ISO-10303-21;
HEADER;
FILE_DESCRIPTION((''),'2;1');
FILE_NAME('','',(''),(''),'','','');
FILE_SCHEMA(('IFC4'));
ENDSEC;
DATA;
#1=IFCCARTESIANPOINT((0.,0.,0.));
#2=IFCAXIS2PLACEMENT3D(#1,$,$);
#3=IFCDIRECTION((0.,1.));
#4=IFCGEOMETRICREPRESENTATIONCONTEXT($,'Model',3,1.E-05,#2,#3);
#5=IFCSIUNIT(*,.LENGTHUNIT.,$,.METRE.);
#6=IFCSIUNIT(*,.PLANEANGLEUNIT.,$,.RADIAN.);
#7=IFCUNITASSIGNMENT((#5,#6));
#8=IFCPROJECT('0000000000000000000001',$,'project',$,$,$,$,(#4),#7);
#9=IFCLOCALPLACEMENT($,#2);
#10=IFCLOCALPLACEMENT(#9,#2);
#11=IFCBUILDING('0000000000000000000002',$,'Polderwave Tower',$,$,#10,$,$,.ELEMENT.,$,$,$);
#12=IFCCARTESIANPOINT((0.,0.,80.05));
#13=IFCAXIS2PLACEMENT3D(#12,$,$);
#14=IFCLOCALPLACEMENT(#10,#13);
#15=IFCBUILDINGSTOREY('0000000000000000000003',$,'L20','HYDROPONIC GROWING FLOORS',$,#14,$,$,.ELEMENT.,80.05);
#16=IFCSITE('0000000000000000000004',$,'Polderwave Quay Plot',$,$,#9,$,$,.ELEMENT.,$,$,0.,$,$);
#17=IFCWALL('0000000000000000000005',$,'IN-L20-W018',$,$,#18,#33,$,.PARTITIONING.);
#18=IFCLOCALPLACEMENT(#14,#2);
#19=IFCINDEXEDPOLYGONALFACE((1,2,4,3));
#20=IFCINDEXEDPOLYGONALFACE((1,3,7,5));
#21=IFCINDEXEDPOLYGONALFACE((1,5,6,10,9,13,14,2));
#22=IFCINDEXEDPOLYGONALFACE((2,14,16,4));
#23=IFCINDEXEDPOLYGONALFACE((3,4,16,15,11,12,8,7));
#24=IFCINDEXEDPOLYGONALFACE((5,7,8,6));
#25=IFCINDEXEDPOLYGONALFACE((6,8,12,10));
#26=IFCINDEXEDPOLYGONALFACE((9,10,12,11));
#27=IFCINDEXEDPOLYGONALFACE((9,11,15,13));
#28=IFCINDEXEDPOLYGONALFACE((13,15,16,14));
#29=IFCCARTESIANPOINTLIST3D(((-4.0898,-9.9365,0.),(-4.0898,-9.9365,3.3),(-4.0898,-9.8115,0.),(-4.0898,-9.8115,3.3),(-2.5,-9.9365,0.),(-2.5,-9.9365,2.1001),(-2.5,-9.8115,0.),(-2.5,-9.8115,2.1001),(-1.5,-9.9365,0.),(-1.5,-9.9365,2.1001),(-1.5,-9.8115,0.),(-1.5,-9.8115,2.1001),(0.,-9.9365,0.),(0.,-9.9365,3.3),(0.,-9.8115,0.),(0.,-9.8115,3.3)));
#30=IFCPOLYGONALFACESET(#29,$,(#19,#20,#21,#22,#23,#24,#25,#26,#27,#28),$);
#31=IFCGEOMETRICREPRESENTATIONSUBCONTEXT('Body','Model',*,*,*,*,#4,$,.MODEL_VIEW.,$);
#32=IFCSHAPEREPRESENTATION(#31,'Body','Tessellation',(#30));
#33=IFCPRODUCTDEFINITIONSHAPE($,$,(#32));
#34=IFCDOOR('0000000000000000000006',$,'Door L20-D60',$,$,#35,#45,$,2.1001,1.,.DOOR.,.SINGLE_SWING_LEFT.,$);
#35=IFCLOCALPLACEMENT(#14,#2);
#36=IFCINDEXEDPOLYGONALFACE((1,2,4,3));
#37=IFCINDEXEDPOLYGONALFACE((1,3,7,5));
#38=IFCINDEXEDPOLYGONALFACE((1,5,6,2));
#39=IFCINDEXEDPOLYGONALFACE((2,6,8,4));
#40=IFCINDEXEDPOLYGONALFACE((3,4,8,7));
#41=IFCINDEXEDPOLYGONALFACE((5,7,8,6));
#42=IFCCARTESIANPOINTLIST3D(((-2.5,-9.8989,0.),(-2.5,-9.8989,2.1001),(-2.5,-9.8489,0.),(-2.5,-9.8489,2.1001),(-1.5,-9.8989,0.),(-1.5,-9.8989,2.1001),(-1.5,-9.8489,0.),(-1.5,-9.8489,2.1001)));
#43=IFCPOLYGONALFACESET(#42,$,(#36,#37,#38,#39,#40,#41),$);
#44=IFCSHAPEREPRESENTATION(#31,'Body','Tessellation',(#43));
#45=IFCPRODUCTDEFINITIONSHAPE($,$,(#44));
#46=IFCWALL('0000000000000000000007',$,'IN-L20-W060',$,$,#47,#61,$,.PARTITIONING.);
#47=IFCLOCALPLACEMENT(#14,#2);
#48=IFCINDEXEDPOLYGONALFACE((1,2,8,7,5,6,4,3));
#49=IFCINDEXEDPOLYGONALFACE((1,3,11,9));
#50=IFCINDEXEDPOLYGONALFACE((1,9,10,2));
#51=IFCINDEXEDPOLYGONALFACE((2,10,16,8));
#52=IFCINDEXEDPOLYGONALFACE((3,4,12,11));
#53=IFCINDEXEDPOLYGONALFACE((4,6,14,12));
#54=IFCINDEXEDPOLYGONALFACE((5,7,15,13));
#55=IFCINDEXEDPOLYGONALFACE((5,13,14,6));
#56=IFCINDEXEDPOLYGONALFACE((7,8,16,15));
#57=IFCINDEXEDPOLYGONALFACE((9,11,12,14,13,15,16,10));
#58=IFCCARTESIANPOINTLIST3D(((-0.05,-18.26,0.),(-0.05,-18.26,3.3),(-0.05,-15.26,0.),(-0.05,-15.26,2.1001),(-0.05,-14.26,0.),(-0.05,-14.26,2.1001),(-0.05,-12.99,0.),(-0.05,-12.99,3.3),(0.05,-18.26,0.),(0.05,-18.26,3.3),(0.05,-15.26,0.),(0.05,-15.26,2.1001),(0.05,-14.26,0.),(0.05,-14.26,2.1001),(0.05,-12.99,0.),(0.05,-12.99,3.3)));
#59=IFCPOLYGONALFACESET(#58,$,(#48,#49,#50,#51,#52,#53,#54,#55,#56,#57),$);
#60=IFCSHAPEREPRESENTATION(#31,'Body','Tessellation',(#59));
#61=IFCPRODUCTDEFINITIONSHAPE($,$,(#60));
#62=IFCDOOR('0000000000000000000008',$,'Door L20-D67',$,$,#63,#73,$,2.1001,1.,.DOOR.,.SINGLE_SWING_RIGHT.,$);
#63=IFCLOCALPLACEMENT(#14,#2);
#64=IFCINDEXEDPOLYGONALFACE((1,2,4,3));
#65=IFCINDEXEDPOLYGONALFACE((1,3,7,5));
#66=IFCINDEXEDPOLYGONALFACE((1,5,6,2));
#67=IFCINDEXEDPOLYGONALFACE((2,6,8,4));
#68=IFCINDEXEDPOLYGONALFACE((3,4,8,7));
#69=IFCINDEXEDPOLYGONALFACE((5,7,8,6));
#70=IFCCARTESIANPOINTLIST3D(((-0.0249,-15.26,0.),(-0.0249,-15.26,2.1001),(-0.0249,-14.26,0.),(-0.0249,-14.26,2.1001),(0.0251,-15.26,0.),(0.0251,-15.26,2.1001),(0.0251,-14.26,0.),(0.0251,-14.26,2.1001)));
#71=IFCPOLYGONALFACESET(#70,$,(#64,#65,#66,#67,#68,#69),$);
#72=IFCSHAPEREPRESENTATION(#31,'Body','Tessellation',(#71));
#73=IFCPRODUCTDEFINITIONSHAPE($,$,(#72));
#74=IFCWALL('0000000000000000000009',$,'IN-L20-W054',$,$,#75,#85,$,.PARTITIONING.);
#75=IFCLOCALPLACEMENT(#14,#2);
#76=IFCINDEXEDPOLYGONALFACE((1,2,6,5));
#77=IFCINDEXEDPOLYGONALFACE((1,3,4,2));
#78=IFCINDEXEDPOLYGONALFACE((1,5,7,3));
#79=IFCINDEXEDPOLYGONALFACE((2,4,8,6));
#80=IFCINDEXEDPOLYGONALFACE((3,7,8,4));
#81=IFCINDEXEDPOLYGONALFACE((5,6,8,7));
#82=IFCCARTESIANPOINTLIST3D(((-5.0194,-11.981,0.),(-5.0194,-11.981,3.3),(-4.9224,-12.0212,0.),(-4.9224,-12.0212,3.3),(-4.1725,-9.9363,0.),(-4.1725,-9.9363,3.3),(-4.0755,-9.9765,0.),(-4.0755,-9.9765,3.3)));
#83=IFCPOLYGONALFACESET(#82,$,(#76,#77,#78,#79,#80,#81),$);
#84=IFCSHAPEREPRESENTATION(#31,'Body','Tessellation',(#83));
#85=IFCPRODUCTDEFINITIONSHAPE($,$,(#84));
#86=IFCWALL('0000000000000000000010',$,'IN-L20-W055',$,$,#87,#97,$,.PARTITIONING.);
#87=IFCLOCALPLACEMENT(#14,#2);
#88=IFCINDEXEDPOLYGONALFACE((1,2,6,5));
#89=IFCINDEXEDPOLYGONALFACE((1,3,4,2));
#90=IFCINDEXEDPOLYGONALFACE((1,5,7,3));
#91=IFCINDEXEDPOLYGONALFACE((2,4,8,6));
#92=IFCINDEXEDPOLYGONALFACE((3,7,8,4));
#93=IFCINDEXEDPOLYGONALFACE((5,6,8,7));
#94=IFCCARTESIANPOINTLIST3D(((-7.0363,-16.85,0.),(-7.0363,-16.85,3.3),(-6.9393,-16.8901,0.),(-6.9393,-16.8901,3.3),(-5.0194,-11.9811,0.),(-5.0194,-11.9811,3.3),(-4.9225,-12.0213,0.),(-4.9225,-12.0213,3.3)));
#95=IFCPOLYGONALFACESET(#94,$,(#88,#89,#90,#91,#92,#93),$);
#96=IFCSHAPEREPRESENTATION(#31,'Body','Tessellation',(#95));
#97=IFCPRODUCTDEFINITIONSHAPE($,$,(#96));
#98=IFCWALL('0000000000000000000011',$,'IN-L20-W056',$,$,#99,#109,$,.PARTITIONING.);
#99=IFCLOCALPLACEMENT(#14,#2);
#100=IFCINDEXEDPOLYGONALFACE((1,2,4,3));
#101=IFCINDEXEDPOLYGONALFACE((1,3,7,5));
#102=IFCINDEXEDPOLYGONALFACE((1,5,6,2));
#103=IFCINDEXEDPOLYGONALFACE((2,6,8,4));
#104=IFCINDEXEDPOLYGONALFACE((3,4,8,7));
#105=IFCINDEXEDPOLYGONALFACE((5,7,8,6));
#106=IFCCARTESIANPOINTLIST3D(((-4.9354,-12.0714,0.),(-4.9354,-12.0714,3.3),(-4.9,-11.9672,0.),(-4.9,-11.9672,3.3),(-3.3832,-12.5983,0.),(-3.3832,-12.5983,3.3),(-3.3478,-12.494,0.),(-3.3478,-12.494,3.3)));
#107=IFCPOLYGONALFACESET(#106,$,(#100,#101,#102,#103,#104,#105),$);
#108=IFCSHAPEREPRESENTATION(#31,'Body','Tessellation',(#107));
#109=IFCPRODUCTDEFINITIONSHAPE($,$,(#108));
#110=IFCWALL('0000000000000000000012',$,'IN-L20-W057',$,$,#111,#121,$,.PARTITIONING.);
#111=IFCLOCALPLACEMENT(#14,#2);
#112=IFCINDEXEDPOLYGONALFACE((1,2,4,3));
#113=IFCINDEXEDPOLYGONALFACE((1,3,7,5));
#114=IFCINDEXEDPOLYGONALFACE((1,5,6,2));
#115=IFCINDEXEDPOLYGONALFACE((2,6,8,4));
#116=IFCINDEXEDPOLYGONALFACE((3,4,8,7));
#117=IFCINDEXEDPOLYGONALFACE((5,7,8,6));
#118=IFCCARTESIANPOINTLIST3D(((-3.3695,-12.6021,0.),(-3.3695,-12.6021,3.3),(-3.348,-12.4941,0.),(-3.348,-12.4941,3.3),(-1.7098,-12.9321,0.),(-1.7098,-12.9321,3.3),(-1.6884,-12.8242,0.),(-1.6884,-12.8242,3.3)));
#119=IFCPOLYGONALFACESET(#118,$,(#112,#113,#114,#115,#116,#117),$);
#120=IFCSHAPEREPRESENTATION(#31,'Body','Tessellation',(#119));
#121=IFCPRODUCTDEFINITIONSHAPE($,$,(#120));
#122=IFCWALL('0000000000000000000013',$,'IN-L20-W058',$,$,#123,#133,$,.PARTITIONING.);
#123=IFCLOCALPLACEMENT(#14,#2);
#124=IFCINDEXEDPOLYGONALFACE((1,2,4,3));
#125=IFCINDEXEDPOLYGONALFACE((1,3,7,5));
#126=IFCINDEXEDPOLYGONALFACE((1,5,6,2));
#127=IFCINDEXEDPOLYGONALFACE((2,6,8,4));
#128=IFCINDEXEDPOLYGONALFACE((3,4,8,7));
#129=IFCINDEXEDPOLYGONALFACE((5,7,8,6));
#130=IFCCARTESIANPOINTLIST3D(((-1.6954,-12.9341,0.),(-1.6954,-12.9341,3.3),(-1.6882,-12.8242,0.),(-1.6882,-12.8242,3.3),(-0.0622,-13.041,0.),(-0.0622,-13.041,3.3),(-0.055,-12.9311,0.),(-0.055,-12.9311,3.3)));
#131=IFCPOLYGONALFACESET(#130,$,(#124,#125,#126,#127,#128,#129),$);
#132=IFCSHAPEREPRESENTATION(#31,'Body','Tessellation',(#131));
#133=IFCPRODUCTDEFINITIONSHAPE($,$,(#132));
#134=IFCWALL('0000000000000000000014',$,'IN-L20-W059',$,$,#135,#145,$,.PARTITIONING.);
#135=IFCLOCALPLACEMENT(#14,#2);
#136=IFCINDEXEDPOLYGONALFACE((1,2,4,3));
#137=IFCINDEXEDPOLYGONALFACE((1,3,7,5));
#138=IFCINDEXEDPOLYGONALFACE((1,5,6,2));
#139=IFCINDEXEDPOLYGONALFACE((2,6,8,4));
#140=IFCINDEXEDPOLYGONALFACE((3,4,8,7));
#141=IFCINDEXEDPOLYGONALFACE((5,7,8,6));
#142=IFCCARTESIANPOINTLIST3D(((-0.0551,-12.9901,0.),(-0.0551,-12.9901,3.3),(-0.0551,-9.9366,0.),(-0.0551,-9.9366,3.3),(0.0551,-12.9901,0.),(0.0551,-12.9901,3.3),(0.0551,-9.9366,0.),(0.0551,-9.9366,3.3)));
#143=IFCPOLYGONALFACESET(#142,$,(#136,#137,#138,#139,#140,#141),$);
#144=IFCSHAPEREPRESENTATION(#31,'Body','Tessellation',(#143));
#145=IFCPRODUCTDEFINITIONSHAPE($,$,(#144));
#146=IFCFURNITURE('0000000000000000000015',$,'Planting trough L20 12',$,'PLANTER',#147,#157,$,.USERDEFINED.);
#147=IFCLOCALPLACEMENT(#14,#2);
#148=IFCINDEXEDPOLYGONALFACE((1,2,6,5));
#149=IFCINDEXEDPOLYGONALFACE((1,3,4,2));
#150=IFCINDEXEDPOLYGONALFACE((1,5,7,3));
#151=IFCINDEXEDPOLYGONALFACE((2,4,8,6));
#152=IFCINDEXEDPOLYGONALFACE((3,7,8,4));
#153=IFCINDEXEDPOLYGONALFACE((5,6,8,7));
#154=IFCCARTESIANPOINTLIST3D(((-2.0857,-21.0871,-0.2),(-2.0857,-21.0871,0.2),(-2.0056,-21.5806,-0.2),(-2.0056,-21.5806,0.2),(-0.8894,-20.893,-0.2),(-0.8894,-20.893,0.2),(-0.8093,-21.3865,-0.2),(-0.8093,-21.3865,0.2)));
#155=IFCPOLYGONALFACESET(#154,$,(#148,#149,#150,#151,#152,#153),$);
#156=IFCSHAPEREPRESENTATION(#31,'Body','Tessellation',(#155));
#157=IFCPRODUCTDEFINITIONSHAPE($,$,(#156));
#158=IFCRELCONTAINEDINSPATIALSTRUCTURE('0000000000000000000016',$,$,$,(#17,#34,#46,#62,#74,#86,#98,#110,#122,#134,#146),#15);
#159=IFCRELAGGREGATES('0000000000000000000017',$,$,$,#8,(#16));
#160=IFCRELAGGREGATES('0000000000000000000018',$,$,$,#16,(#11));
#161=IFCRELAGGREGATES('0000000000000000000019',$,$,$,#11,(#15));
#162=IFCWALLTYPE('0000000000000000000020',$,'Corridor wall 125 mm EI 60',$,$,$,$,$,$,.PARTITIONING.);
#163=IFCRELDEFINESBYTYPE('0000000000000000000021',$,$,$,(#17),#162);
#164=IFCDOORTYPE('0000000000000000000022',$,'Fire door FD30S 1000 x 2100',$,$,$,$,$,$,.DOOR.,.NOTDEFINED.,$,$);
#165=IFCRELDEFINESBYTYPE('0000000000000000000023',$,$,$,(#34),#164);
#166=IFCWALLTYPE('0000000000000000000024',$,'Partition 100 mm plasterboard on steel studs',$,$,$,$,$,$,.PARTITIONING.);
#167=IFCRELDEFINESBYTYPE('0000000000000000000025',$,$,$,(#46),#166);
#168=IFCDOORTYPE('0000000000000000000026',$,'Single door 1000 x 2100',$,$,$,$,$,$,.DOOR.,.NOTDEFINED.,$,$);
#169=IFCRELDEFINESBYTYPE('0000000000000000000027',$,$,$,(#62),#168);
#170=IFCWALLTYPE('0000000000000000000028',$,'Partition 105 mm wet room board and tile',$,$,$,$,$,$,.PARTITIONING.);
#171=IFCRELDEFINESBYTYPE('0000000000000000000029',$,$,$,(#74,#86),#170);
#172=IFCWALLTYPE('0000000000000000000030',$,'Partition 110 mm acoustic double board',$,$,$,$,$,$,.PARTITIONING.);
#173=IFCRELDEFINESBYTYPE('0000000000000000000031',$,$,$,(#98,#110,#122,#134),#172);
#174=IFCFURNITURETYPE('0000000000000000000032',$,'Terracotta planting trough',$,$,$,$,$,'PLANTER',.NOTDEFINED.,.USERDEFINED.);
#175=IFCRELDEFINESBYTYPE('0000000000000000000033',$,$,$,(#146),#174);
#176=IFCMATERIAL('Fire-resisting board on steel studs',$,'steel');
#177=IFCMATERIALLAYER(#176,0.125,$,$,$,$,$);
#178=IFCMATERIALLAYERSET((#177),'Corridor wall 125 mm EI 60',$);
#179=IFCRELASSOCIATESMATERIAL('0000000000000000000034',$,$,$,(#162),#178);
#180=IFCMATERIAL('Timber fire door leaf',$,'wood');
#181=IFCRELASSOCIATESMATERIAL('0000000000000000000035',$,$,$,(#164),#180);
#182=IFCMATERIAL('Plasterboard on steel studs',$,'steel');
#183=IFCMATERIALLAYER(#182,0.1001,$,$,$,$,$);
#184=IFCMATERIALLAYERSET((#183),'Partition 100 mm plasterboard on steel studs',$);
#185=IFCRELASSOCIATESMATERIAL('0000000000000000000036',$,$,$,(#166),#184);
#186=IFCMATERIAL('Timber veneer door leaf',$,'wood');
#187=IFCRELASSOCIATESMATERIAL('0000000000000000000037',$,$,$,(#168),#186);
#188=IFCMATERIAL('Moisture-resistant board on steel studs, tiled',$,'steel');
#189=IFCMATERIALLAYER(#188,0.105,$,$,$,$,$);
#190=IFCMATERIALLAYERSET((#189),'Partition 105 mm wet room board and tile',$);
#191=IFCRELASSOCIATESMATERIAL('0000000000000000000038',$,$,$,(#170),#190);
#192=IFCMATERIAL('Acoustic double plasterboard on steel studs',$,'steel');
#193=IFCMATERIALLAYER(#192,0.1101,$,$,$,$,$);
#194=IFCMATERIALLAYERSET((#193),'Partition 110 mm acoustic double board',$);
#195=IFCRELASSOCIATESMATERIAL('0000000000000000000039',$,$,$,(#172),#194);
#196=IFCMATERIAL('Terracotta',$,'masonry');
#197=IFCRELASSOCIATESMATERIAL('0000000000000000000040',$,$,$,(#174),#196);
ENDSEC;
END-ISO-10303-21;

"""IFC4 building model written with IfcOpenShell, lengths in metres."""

from ifc_helpers import new_model, si_unit, direction, frame, frame_2d, origin, origin_2d, place, context, subcontext, project, spatial, rectangle, extrude, material, layer, layer_set, type_object, element, fill, save


model = new_model("IFC4")

# Units and contexts
model_context = context("Model", 3, precision=1e-05, world=origin(), true_north=direction((0.0, 1.0)))
body_context = subcontext(model_context, "Body", "Model", "MODEL_VIEW")
ifc_project = project(units=[si_unit("LENGTHUNIT", "METRE"), si_unit("PLANEANGLEUNIT", "RADIAN")], contexts=[model_context])

# Site, building, storey
site_placement = place(None, origin())
site = spatial("IfcSite", under=ifc_project, at=site_placement, Name="Polderwave Quay Plot", CompositionType="ELEMENT", RefElevation=0.0)
building_placement = place(site_placement, origin())
building = spatial("IfcBuilding", under=site, at=building_placement, Name="Polderwave Tower", CompositionType="ELEMENT")
storey_placement = place(building_placement, frame((0.0, 0.0, 80.05)))
storey = spatial("IfcBuildingStorey", under=building, at=storey_placement, Name="L20", Description="HYDROPONIC GROWING FLOORS", CompositionType="ELEMENT", Elevation=80.05)

# Walls, openings, doors
ifc_material_1 = material(Name="Fire-resisting board on steel studs", Category="steel")
ifc_layer_1 = layer(ifc_material_1, 0.125)
ifc_layer_set_1 = layer_set([ifc_layer_1], Name="Corridor wall 125 mm EI 60")
wall_type_1 = type_object("IfcWallType", Name="Corridor wall 125 mm EI 60", PredefinedType="PARTITIONING", material=ifc_layer_set_1)
ifc_material_2 = material(Name="Timber fire door leaf", Category="wood")
door_type_1 = type_object("IfcDoorType", Name="Fire door FD30S 1000 x 2100", OperationType="NOTDEFINED", PredefinedType="DOOR", material=ifc_material_2)
wall_1_placement = place(storey_placement, frame((0.0, -9.874, 0.0), z_axis=(0.0, 0.0, 1.0), x_axis=(-1.0, 0.0, 0.0)))
wall_1 = element("IfcWall", 1, at=wall_1_placement, inside=storey, type_object=wall_type_1, Name="IN-L20-W018", PredefinedType="PARTITIONING", context=body_context, shape_type="SweptSolid", body=[
    extrude(rectangle(XDim=4.0898, YDim=0.125, at=frame_2d((2.0449, 0.0))), origin(), (0.0, 0.0, 1.0), 3.3),
])
opening_1_placement = place(wall_1_placement, frame((1.5, 0.0, 0.0)))
opening_1 = element("IfcOpeningElement", 2, at=opening_1_placement, cuts=wall_1, PredefinedType="OPENING", context=body_context, shape_type="SweptSolid", body=[
    extrude(rectangle(XDim=1.0, YDim=2.1001, at=frame_2d((0.5, 1.05))), frame((0.0, 0.0725, 0.0), z_axis=(0.0, -1.0, 0.0), x_axis=(1.0, 0.0, 0.0)), (0.0, 0.0, 1.0), 0.145),
])
door_1_placement = place(opening_1_placement, origin())
door_1 = element("IfcDoor", 3, at=door_1_placement, inside=storey, type_object=door_type_1, Name="Door L20-D60", OperationType="SINGLE_SWING_LEFT", OverallHeight=2.1001, OverallWidth=1.0, PredefinedType="DOOR", context=body_context, shape_type="SweptSolid", body=[
    extrude(rectangle(XDim=1.0, YDim=2.1001, at=frame_2d((0.5, 1.05))), frame((0.0, 0.0249, 0.0), z_axis=(0.0, -1.0, 0.0), x_axis=(1.0, 0.0, 0.0)), (0.0, 0.0, 1.0), 0.05),
])
fill(opening_1, door_1)
ifc_material_3 = material(Name="Plasterboard on steel studs", Category="steel")
ifc_layer_2 = layer(ifc_material_3, 0.1001)
ifc_layer_set_2 = layer_set([ifc_layer_2], Name="Partition 100 mm plasterboard on steel studs")
wall_type_2 = type_object("IfcWallType", Name="Partition 100 mm plasterboard on steel studs", PredefinedType="PARTITIONING", material=ifc_layer_set_2)
wall_2_placement = place(storey_placement, frame((0.0, -18.26, 0.0), z_axis=(0.0, 0.0, 1.0), x_axis=(0.0, 1.0, 0.0)))
wall_2 = element("IfcWall", 4, at=wall_2_placement, inside=storey, type_object=wall_type_2, Name="IN-L20-W060", PredefinedType="PARTITIONING", context=body_context, shape_type="SweptSolid", body=[
    extrude(rectangle(XDim=5.27, YDim=0.1001, at=frame_2d((2.635, 0.0))), origin(), (0.0, 0.0, 1.0), 3.3),
])
opening_2_placement = place(wall_2_placement, frame((3.0, 0.0, 0.0)))
opening_2 = element("IfcOpeningElement", 5, at=opening_2_placement, cuts=wall_2, PredefinedType="OPENING", context=body_context, shape_type="SweptSolid", body=[
    extrude(rectangle(XDim=1.0, YDim=2.1001, at=frame_2d((0.5, 1.05))), frame((0.0, 0.0601, 0.0), z_axis=(0.0, -1.0, 0.0), x_axis=(1.0, 0.0, 0.0)), (0.0, 0.0, 1.0), 0.1201),
])
ifc_material_4 = material(Name="Timber veneer door leaf", Category="wood")
door_type_2 = type_object("IfcDoorType", Name="Single door 1000 x 2100", OperationType="NOTDEFINED", PredefinedType="DOOR", material=ifc_material_4)
door_2_placement = place(opening_2_placement, origin())
door_2 = element("IfcDoor", 6, at=door_2_placement, inside=storey, type_object=door_type_2, Name="Door L20-D67", OperationType="SINGLE_SWING_RIGHT", OverallHeight=2.1001, OverallWidth=1.0, PredefinedType="DOOR", context=body_context, shape_type="SweptSolid", body=[
    extrude(rectangle(XDim=1.0, YDim=2.1001, at=frame_2d((0.5, 1.05))), frame((0.0, 0.0249, 0.0), z_axis=(0.0, -1.0, 0.0), x_axis=(1.0, 0.0, 0.0)), (0.0, 0.0, 1.0), 0.05),
])
fill(opening_2, door_2)

# Walls
ifc_material_5 = material(Name="Moisture-resistant board on steel studs, tiled", Category="steel")
ifc_layer_3 = layer(ifc_material_5, 0.105)
ifc_layer_set_3 = layer_set([ifc_layer_3], Name="Partition 105 mm wet room board and tile")
wall_type_3 = type_object("IfcWallType", Name="Partition 105 mm wet room board and tile", PredefinedType="PARTITIONING", material=ifc_layer_set_3)
wall_3_placement = place(storey_placement, frame((-4.124, -9.9565, 0.0), z_axis=(0.0, 0.0, 1.0), x_axis=(-0.38268, -0.923881, 0.0)))
element("IfcWall", 7, at=wall_3_placement, inside=storey, type_object=wall_type_3, Name="IN-L20-W054", PredefinedType="PARTITIONING", context=body_context, shape_type="SweptSolid", body=[
    extrude(rectangle(XDim=2.2131, YDim=0.105, at=frame_2d((1.1064, 0.0))), origin(), (0.0, 0.0, 1.0), 3.3),
])
wall_4_placement = place(storey_placement, frame((-4.9709, -12.0012, 0.0), z_axis=(0.0, 0.0, 1.0), x_axis=(-0.382697, -0.923874, 0.0)))
element("IfcWall", 8, at=wall_4_placement, inside=storey, type_object=wall_type_3, Name="IN-L20-W055", PredefinedType="PARTITIONING", context=body_context, shape_type="SweptSolid", body=[
    extrude(rectangle(XDim=5.27, YDim=0.105, at=frame_2d((2.635, 0.0))), origin(), (0.0, 0.0, 1.0), 3.3),
])
ifc_material_6 = material(Name="Acoustic double plasterboard on steel studs", Category="steel")
ifc_layer_4 = layer(ifc_material_6, 0.1101)
ifc_layer_set_4 = layer_set([ifc_layer_4], Name="Partition 110 mm acoustic double board")
wall_type_4 = type_object("IfcWallType", Name="Partition 110 mm acoustic double board", PredefinedType="PARTITIONING", material=ifc_layer_set_4)
wall_5_placement = place(storey_placement, frame((-3.3655, -12.5461, 0.0), z_axis=(0.0, 0.0, 1.0), x_axis=(-0.946941, 0.321406, 0.0)))
element("IfcWall", 9, at=wall_5_placement, inside=storey, type_object=wall_type_4, Name="IN-L20-W056", PredefinedType="PARTITIONING", context=body_context, shape_type="SweptSolid", body=[
    extrude(rectangle(XDim=1.6392, YDim=0.1101, at=frame_2d((0.8196, 0.0))), origin(), (0.0, 0.0, 1.0), 3.3),
])
wall_6_placement = place(storey_placement, frame((-1.699, -12.8782, 0.0), z_axis=(0.0, 0.0, 1.0), x_axis=(-0.980791, 0.195062, 0.0)))
element("IfcWall", 10, at=wall_6_placement, inside=storey, type_object=wall_type_4, Name="IN-L20-W057", PredefinedType="PARTITIONING", context=body_context, shape_type="SweptSolid", body=[
    extrude(rectangle(XDim=1.6921, YDim=0.1101, at=frame_2d((0.8462, 0.0))), origin(), (0.0, 0.0, 1.0), 3.3),
])
wall_7_placement = place(storey_placement, frame((-0.0586, -12.9861, 0.0), z_axis=(0.0, 0.0, 1.0), x_axis=(-0.997864, 0.065331, 0.0)))
element("IfcWall", 11, at=wall_7_placement, inside=storey, type_object=wall_type_4, Name="IN-L20-W058", PredefinedType="PARTITIONING", context=body_context, shape_type="SweptSolid", body=[
    extrude(rectangle(XDim=1.6367, YDim=0.1101, at=frame_2d((0.8184, 0.0))), origin(), (0.0, 0.0, 1.0), 3.3),
])
wall_8_placement = place(storey_placement, frame((0.0, -9.9365, 0.0), z_axis=(0.0, 0.0, 1.0), x_axis=(0.0, -1.0, 0.0)))
element("IfcWall", 12, at=wall_8_placement, inside=storey, type_object=wall_type_4, Name="IN-L20-W059", PredefinedType="PARTITIONING", context=body_context, shape_type="SweptSolid", body=[
    extrude(rectangle(XDim=3.0535, YDim=0.1101, at=frame_2d((1.5269, 0.0))), origin(), (0.0, 0.0, 1.0), 3.3),
])

# Furniture
ifc_material_7 = material(Name="Terracotta", Category="masonry")
furniture_type = type_object("IfcFurnitureType", Name="Terracotta planting trough", ElementType="PLANTER", AssemblyPlace="NOTDEFINED", PredefinedType="USERDEFINED", material=ifc_material_7)
furniture_placement = place(storey_placement, frame((-1.4475, -21.2368, -0.2), z_axis=(0.0, 0.0, 1.0), x_axis=(0.987089, 0.160176, 0.0)))
element("IfcFurniture", 13, at=furniture_placement, inside=storey, type_object=furniture_type, Name="Planting trough L20 12", ObjectType="PLANTER", PredefinedType="USERDEFINED", context=body_context, shape_type="SweptSolid", body=[
    extrude(rectangle(XDim=1.2119, YDim=0.5, at=origin_2d()), origin(), (0.0, 0.0, 1.0), 0.3999),
])

save(model, "model.ifc")
